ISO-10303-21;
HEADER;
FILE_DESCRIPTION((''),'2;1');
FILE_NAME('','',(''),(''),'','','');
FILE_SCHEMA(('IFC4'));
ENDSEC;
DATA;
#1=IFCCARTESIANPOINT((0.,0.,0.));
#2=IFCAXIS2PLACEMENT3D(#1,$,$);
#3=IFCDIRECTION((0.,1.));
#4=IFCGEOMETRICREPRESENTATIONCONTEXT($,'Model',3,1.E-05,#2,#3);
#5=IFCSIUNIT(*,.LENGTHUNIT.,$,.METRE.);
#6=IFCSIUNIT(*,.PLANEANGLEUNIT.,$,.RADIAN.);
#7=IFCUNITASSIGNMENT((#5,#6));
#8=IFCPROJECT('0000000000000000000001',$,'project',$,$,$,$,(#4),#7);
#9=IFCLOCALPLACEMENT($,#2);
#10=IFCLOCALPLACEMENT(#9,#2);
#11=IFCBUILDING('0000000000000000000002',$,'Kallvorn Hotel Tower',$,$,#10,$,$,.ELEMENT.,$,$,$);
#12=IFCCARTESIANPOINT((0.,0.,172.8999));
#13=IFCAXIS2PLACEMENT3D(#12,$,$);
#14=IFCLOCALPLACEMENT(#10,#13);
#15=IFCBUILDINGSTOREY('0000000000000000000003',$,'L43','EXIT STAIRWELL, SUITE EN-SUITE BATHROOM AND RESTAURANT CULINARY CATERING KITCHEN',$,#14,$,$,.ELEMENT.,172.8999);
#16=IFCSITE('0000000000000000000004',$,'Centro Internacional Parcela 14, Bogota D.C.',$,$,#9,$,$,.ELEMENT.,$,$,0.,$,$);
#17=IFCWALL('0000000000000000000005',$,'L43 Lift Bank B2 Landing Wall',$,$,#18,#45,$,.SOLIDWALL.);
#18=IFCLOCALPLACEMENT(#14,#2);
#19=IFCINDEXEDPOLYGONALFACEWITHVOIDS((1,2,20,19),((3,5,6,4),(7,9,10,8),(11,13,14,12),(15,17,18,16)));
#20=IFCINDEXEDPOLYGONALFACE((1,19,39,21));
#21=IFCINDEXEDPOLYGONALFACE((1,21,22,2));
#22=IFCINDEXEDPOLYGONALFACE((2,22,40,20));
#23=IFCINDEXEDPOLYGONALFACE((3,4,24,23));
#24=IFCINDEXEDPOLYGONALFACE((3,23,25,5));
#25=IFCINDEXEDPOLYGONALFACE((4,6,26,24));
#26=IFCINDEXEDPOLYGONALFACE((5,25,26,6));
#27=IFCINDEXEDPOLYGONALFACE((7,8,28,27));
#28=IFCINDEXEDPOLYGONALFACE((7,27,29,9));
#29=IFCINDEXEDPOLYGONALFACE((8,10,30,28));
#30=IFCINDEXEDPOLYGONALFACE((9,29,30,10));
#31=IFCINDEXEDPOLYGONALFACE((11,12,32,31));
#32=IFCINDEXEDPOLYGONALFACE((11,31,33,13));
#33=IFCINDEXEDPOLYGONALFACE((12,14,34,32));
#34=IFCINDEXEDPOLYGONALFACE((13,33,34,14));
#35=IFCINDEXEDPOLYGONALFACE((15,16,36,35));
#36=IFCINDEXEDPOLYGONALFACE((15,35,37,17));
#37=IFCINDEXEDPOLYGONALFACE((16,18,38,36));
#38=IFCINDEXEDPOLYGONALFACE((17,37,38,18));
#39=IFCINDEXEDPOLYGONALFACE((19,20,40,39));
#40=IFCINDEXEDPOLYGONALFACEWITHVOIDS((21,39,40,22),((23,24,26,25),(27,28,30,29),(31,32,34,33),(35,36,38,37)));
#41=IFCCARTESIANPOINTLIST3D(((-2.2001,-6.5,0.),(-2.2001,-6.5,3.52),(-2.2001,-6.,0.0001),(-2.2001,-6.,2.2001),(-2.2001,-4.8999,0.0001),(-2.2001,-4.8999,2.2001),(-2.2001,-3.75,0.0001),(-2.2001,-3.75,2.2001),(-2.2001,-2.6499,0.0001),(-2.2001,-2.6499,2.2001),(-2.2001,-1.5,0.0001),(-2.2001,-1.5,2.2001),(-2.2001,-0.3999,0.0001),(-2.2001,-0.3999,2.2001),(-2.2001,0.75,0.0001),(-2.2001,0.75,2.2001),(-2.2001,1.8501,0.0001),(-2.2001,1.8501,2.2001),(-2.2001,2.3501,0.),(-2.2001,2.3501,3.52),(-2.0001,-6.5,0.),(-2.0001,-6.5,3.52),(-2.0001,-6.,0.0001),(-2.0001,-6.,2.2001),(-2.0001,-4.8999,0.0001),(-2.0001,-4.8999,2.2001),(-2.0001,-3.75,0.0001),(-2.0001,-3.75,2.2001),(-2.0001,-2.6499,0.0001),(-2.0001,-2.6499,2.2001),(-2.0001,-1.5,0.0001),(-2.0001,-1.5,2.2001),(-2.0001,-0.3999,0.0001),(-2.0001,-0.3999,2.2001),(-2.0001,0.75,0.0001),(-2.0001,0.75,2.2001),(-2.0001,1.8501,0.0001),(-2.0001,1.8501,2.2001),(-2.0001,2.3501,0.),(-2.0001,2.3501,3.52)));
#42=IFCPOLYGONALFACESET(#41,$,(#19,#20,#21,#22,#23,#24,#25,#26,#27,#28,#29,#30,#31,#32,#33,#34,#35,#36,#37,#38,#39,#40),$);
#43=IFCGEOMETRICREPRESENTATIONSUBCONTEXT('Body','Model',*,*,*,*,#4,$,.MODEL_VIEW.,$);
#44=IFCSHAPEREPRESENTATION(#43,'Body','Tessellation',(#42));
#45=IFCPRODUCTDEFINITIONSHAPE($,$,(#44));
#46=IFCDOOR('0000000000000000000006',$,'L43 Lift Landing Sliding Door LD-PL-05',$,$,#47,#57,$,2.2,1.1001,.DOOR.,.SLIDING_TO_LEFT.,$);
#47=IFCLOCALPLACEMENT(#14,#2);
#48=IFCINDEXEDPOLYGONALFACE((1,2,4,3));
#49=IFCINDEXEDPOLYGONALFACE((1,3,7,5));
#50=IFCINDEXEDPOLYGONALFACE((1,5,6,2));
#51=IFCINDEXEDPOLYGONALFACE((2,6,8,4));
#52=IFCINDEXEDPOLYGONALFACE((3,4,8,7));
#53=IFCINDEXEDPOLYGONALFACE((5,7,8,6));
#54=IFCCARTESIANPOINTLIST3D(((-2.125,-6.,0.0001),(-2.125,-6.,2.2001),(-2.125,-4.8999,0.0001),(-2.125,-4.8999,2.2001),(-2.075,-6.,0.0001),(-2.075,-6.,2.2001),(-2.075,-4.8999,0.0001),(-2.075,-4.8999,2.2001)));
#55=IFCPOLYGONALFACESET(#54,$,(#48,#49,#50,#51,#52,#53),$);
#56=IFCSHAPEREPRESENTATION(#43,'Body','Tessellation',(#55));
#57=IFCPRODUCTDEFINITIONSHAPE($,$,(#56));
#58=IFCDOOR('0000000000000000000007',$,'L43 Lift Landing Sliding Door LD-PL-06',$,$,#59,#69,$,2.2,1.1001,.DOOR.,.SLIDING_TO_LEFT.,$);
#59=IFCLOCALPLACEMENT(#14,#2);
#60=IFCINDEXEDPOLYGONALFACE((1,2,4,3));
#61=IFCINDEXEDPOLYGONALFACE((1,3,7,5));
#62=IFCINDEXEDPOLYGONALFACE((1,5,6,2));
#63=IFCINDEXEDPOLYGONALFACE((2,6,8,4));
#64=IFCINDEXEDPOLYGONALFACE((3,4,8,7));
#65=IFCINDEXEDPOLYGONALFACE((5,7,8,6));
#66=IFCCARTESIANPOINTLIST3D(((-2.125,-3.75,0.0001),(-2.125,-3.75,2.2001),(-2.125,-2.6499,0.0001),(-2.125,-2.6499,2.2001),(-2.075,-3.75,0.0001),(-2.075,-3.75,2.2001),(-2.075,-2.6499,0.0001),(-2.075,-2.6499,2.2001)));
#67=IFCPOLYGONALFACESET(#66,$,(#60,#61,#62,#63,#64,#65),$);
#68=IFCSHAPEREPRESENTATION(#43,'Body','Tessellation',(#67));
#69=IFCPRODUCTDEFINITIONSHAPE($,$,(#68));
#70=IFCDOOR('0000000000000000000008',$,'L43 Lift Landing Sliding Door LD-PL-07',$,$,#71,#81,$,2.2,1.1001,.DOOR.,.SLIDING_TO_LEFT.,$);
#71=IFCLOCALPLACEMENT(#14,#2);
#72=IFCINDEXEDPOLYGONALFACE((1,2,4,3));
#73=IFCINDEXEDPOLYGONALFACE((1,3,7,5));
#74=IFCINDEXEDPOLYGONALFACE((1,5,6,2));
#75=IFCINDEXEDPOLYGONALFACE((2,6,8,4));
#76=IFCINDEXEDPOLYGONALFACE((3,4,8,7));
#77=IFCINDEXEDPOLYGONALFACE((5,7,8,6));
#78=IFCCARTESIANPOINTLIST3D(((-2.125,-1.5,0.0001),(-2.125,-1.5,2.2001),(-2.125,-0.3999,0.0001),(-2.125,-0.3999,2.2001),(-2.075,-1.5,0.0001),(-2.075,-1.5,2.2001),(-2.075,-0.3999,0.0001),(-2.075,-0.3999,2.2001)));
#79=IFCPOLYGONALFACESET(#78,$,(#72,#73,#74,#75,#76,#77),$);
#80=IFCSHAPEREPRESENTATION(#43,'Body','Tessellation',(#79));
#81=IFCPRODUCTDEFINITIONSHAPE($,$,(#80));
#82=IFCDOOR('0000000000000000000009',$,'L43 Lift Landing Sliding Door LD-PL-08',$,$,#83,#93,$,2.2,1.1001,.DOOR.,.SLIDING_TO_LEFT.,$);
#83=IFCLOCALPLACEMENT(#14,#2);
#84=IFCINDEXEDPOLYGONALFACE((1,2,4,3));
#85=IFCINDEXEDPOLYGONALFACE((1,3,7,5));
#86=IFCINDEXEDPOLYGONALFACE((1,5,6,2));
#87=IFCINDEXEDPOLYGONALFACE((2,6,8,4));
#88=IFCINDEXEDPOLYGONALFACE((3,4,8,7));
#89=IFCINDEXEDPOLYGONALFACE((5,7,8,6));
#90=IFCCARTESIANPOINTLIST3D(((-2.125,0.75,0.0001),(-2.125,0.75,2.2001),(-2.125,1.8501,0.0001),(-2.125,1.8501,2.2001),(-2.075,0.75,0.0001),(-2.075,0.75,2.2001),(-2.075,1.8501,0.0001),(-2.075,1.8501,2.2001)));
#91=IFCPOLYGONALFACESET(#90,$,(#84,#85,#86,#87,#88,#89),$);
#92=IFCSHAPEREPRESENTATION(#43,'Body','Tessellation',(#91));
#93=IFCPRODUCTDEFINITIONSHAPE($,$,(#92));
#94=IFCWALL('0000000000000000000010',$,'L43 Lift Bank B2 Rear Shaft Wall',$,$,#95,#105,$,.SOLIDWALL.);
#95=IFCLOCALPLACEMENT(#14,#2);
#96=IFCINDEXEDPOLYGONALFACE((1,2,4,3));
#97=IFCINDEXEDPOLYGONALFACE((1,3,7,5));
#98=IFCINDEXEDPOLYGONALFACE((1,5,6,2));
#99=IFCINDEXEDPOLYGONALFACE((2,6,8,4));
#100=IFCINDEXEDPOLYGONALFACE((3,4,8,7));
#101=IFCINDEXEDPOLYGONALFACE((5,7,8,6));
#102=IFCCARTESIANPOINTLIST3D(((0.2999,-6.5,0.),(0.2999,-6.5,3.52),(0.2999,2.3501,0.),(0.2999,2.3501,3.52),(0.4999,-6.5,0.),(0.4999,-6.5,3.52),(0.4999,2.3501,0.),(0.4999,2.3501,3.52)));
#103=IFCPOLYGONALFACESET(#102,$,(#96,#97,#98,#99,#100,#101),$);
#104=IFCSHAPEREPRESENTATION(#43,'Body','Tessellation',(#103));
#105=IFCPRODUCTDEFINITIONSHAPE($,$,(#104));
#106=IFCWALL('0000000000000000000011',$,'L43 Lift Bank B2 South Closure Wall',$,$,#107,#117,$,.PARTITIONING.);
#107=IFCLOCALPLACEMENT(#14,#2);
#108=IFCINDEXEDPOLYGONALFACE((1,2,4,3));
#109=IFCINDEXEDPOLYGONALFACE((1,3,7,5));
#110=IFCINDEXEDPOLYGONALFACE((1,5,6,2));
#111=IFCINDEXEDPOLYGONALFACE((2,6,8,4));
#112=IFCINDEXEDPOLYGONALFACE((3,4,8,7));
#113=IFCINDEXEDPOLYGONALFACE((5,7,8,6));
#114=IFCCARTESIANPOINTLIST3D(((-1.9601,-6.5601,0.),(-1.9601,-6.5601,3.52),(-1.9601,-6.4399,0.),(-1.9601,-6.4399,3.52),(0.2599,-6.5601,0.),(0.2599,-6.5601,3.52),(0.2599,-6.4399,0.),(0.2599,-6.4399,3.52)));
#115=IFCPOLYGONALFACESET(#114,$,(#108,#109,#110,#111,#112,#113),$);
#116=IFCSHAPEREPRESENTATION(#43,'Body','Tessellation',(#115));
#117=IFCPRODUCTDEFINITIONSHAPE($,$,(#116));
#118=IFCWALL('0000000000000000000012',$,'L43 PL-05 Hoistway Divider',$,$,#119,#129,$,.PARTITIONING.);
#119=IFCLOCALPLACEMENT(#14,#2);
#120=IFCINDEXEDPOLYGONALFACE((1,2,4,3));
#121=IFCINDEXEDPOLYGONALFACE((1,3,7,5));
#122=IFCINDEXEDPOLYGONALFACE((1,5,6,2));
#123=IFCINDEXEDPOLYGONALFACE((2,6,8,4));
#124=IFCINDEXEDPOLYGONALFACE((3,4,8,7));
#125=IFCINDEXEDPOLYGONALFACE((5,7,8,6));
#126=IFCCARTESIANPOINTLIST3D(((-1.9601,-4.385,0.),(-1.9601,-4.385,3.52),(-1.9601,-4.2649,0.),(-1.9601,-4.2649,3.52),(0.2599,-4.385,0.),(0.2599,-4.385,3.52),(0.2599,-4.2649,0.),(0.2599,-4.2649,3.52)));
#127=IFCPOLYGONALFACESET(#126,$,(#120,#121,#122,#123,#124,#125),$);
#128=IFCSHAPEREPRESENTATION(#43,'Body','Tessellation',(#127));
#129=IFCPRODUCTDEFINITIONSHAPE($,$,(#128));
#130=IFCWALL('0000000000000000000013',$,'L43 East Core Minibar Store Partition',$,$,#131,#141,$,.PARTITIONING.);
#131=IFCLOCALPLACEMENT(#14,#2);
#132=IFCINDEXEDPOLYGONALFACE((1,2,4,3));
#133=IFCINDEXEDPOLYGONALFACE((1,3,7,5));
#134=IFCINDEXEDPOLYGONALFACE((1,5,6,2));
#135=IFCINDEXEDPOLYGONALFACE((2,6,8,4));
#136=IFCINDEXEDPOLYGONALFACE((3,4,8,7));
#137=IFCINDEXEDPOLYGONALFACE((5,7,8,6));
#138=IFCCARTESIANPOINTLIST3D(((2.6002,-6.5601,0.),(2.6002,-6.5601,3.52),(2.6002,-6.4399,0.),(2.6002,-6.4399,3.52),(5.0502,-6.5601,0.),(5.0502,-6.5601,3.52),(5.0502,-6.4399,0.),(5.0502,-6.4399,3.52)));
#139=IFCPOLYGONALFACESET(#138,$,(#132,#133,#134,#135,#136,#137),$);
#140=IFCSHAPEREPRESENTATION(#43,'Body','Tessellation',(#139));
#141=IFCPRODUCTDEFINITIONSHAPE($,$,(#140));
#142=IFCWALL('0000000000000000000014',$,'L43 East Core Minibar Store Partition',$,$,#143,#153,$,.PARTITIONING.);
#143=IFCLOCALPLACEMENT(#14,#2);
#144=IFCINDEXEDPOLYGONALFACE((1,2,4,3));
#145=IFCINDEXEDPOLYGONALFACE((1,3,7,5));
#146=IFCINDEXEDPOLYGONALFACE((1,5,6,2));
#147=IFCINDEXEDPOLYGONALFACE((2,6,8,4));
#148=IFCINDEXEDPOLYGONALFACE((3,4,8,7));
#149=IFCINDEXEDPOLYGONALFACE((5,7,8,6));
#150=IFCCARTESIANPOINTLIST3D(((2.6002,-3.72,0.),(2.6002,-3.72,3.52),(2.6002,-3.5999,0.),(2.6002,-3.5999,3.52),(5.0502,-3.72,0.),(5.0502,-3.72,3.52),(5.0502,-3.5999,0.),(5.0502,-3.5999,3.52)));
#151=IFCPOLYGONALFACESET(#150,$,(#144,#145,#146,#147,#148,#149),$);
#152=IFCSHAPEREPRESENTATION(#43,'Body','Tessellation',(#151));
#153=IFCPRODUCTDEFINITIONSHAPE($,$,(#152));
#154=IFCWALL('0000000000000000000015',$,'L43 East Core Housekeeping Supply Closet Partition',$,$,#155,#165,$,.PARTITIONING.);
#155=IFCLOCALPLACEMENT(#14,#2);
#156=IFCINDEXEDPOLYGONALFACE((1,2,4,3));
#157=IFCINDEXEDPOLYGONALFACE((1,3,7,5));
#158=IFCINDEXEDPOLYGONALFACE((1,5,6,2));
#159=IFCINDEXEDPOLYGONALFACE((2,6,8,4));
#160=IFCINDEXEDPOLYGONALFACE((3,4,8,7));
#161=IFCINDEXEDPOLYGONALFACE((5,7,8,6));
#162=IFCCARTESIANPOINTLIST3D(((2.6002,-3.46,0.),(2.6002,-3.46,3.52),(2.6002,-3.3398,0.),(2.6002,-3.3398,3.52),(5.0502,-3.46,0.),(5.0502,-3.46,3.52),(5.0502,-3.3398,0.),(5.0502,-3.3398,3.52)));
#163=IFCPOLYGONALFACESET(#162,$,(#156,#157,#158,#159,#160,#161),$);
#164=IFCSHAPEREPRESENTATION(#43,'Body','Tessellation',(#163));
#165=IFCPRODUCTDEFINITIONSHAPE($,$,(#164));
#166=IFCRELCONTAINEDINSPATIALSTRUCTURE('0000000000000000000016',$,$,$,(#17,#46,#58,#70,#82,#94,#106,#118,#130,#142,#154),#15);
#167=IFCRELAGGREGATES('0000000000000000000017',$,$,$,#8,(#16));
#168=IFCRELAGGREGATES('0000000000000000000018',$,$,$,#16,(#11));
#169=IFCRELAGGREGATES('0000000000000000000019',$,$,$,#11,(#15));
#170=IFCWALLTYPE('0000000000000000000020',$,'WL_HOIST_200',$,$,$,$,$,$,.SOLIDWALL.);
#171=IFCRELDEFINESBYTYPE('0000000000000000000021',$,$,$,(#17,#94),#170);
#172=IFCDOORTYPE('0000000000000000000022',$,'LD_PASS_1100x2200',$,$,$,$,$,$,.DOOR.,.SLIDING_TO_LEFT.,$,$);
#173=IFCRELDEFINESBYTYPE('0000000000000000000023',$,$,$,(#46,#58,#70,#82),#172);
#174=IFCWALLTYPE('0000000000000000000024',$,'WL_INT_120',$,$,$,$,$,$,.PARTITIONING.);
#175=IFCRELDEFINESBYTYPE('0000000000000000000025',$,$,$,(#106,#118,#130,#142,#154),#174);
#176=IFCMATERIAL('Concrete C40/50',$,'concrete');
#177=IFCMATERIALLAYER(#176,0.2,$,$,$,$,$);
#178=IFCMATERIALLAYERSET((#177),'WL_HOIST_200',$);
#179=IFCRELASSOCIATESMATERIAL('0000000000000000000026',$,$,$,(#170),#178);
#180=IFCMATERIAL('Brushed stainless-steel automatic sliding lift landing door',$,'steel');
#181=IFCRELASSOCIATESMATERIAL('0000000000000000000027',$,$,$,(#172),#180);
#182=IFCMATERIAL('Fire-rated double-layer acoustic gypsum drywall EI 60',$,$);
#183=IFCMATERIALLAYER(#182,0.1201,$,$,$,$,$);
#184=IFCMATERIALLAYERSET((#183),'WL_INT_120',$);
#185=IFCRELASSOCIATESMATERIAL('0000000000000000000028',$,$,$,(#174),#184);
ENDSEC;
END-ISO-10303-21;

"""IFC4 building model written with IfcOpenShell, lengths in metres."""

from ifc_helpers import new_model, si_unit, direction, frame, frame_2d, origin, place, context, subcontext, project, spatial, rectangle, extrude, material, layer, layer_set, type_object, element, fill, save


model = new_model("IFC4")

# Units and contexts
model_context = context("Model", 3, precision=1e-05, world=origin(), true_north=direction((0.0, 1.0)))
body_context = subcontext(model_context, "Body", "Model", "MODEL_VIEW")
ifc_project = project(units=[si_unit("LENGTHUNIT", "METRE"), si_unit("PLANEANGLEUNIT", "RADIAN")], contexts=[model_context])

# Site, building, storey
site_placement = place(None, origin())
site = spatial("IfcSite", under=ifc_project, at=site_placement, Name="Centro Internacional Parcela 14, Bogota D.C.", CompositionType="ELEMENT", RefElevation=0.0)
building_placement = place(site_placement, origin())
building = spatial("IfcBuilding", under=site, at=building_placement, Name="Kallvorn Hotel Tower", CompositionType="ELEMENT")
storey_placement = place(building_placement, frame((0.0, 0.0, 172.8999)))
storey = spatial("IfcBuildingStorey", under=building, at=storey_placement, Name="L43", Description="EXIT STAIRWELL, SUITE EN-SUITE BATHROOM AND RESTAURANT CULINARY CATERING KITCHEN", CompositionType="ELEMENT", Elevation=172.8999)

# Wall, openings, doors
ifc_material_1 = material(Name="Concrete C40/50", Category="concrete")
ifc_layer_1 = layer(ifc_material_1, 0.2)
ifc_layer_set_1 = layer_set([ifc_layer_1], Name="WL_HOIST_200")
wall_type_1 = type_object("IfcWallType", Name="WL_HOIST_200", PredefinedType="SOLIDWALL", material=ifc_layer_set_1)
wall_1_placement = place(storey_placement, frame((-2.1001, -6.5, 0.0), z_axis=(0.0, 0.0, 1.0), x_axis=(0.0, 1.0, 0.0)))
wall_1 = element("IfcWall", 1, at=wall_1_placement, inside=storey, type_object=wall_type_1, Name="L43 Lift Bank B2 Landing Wall", PredefinedType="SOLIDWALL", context=body_context, shape_type="SweptSolid", body=[
    extrude(rectangle(XDim=8.8501, YDim=0.2, at=frame_2d((4.425, 0.0))), origin(), (0.0, 0.0, 1.0), 3.52),
])
opening_1_placement = place(wall_1_placement, frame((0.5, 0.0, 0.0)))
opening_1 = element("IfcOpeningElement", 2, at=opening_1_placement, cuts=wall_1, PredefinedType="OPENING", context=body_context, shape_type="SweptSolid", body=[
    extrude(rectangle(XDim=1.1001, YDim=2.2, at=frame_2d((0.55, 1.1001))), frame((0.0, 0.115, 0.0), z_axis=(0.0, -1.0, 0.0), x_axis=(1.0, 0.0, 0.0)), (0.0, 0.0, 1.0), 0.23),
])
opening_2_placement = place(wall_1_placement, frame((2.75, 0.0, 0.0)))
opening_2 = element("IfcOpeningElement", 3, at=opening_2_placement, cuts=wall_1, PredefinedType="OPENING", context=body_context, shape_type="SweptSolid", body=[
    extrude(rectangle(XDim=1.1001, YDim=2.2, at=frame_2d((0.55, 1.1001))), frame((0.0, 0.115, 0.0), z_axis=(0.0, -1.0, 0.0), x_axis=(1.0, 0.0, 0.0)), (0.0, 0.0, 1.0), 0.23),
])
opening_3_placement = place(wall_1_placement, frame((5.0, 0.0, 0.0)))
opening_3 = element("IfcOpeningElement", 4, at=opening_3_placement, cuts=wall_1, PredefinedType="OPENING", context=body_context, shape_type="SweptSolid", body=[
    extrude(rectangle(XDim=1.1001, YDim=2.2, at=frame_2d((0.55, 1.1001))), frame((0.0, 0.115, 0.0), z_axis=(0.0, -1.0, 0.0), x_axis=(1.0, 0.0, 0.0)), (0.0, 0.0, 1.0), 0.23),
])
opening_4_placement = place(wall_1_placement, frame((7.25, 0.0, 0.0)))
opening_4 = element("IfcOpeningElement", 5, at=opening_4_placement, cuts=wall_1, PredefinedType="OPENING", context=body_context, shape_type="SweptSolid", body=[
    extrude(rectangle(XDim=1.1001, YDim=2.2, at=frame_2d((0.55, 1.1001))), frame((0.0, 0.115, 0.0), z_axis=(0.0, -1.0, 0.0), x_axis=(1.0, 0.0, 0.0)), (0.0, 0.0, 1.0), 0.23),
])
ifc_material_2 = material(Name="Brushed stainless-steel automatic sliding lift landing door", Category="steel")
door_type_1 = type_object("IfcDoorType", Name="LD_PASS_1100x2200", OperationType="SLIDING_TO_LEFT", PredefinedType="DOOR", material=ifc_material_2)
door_1_placement = place(opening_1_placement, origin())
door_1 = element("IfcDoor", 6, at=door_1_placement, inside=storey, type_object=door_type_1, Name="L43 Lift Landing Sliding Door LD-PL-05", OperationType="SLIDING_TO_LEFT", OverallHeight=2.2, OverallWidth=1.1001, PredefinedType="DOOR", context=body_context, shape_type="SweptSolid", body=[
    extrude(rectangle(XDim=1.1001, YDim=2.2, at=frame_2d((0.55, 1.1001))), frame((0.0, 0.0249, 0.0), z_axis=(0.0, -1.0, 0.0), x_axis=(1.0, 0.0, 0.0)), (0.0, 0.0, 1.0), 0.05),
])
fill(opening_1, door_1)
door_2_placement = place(opening_2_placement, origin())
door_2 = element("IfcDoor", 7, at=door_2_placement, inside=storey, type_object=door_type_1, Name="L43 Lift Landing Sliding Door LD-PL-06", OperationType="SLIDING_TO_LEFT", OverallHeight=2.2, OverallWidth=1.1001, PredefinedType="DOOR", context=body_context, shape_type="SweptSolid", body=[
    extrude(rectangle(XDim=1.1001, YDim=2.2, at=frame_2d((0.55, 1.1001))), frame((0.0, 0.0249, 0.0), z_axis=(0.0, -1.0, 0.0), x_axis=(1.0, 0.0, 0.0)), (0.0, 0.0, 1.0), 0.05),
])
fill(opening_2, door_2)
door_3_placement = place(opening_3_placement, origin())
door_3 = element("IfcDoor", 8, at=door_3_placement, inside=storey, type_object=door_type_1, Name="L43 Lift Landing Sliding Door LD-PL-07", OperationType="SLIDING_TO_LEFT", OverallHeight=2.2, OverallWidth=1.1001, PredefinedType="DOOR", context=body_context, shape_type="SweptSolid", body=[
    extrude(rectangle(XDim=1.1001, YDim=2.2, at=frame_2d((0.55, 1.1001))), frame((0.0, 0.0249, 0.0), z_axis=(0.0, -1.0, 0.0), x_axis=(1.0, 0.0, 0.0)), (0.0, 0.0, 1.0), 0.05),
])
fill(opening_3, door_3)
door_4_placement = place(opening_4_placement, origin())
door_4 = element("IfcDoor", 9, at=door_4_placement, inside=storey, type_object=door_type_1, Name="L43 Lift Landing Sliding Door LD-PL-08", OperationType="SLIDING_TO_LEFT", OverallHeight=2.2, OverallWidth=1.1001, PredefinedType="DOOR", context=body_context, shape_type="SweptSolid", body=[
    extrude(rectangle(XDim=1.1001, YDim=2.2, at=frame_2d((0.55, 1.1001))), frame((0.0, 0.0249, 0.0), z_axis=(0.0, -1.0, 0.0), x_axis=(1.0, 0.0, 0.0)), (0.0, 0.0, 1.0), 0.05),
])
fill(opening_4, door_4)

# Walls
wall_2_placement = place(storey_placement, frame((0.3999, -6.5, 0.0), z_axis=(0.0, 0.0, 1.0), x_axis=(0.0, 1.0, 0.0)))
element("IfcWall", 10, at=wall_2_placement, inside=storey, type_object=wall_type_1, Name="L43 Lift Bank B2 Rear Shaft Wall", PredefinedType="SOLIDWALL", context=body_context, shape_type="SweptSolid", body=[
    extrude(rectangle(XDim=8.8501, YDim=0.2, at=frame_2d((4.425, 0.0))), origin(), (0.0, 0.0, 1.0), 3.52),
])
ifc_material_3 = material(Name="Fire-rated double-layer acoustic gypsum drywall EI 60")
ifc_layer_2 = layer(ifc_material_3, 0.1201)
ifc_layer_set_2 = layer_set([ifc_layer_2], Name="WL_INT_120")
wall_type_2 = type_object("IfcWallType", Name="WL_INT_120", PredefinedType="PARTITIONING", material=ifc_layer_set_2)
for number, where, z_axis, x_axis, name in (
    (11, (-1.96, -6.5, 0.0), (0.0, 0.0, 1.0), (1.0, 0.0, 0.0), "L43 Lift Bank B2 South Closure Wall"),
    (12, (-1.96, -4.325, 0.0), (0.0, 0.0, 1.0), (1.0, 0.0, 0.0), "L43 PL-05 Hoistway Divider"),
):
    element("IfcWall", number, at=place(storey_placement, frame(where, z_axis=z_axis, x_axis=x_axis)), inside=storey, type_object=wall_type_2, Name=name, PredefinedType="PARTITIONING", context=body_context, shape_type="SweptSolid", body=[
        extrude(rectangle(XDim=2.22, YDim=0.1201, at=frame_2d((1.1099, 0.0))), origin(), (0.0, 0.0, 1.0), 3.52),
    ])
for number, where, z_axis, x_axis, name in (
    (13, (2.6001, -6.5, 0.0), (0.0, 0.0, 1.0), (1.0, 0.0, 0.0), "L43 East Core Minibar Store Partition"),
    (14, (2.6001, -3.6599, 0.0), (0.0, 0.0, 1.0), (1.0, 0.0, 0.0), "L43 East Core Minibar Store Partition"),
    (15, (2.6001, -3.3999, 0.0), (0.0, 0.0, 1.0), (1.0, 0.0, 0.0), "L43 East Core Housekeeping Supply Closet Partition"),
):
    element("IfcWall", number, at=place(storey_placement, frame(where, z_axis=z_axis, x_axis=x_axis)), inside=storey, type_object=wall_type_2, Name=name, PredefinedType="PARTITIONING", context=body_context, shape_type="SweptSolid", body=[
        extrude(rectangle(XDim=2.45, YDim=0.1201, at=frame_2d((1.2251, 0.0))), origin(), (0.0, 0.0, 1.0), 3.52),
    ])

save(model, "model.ifc")
